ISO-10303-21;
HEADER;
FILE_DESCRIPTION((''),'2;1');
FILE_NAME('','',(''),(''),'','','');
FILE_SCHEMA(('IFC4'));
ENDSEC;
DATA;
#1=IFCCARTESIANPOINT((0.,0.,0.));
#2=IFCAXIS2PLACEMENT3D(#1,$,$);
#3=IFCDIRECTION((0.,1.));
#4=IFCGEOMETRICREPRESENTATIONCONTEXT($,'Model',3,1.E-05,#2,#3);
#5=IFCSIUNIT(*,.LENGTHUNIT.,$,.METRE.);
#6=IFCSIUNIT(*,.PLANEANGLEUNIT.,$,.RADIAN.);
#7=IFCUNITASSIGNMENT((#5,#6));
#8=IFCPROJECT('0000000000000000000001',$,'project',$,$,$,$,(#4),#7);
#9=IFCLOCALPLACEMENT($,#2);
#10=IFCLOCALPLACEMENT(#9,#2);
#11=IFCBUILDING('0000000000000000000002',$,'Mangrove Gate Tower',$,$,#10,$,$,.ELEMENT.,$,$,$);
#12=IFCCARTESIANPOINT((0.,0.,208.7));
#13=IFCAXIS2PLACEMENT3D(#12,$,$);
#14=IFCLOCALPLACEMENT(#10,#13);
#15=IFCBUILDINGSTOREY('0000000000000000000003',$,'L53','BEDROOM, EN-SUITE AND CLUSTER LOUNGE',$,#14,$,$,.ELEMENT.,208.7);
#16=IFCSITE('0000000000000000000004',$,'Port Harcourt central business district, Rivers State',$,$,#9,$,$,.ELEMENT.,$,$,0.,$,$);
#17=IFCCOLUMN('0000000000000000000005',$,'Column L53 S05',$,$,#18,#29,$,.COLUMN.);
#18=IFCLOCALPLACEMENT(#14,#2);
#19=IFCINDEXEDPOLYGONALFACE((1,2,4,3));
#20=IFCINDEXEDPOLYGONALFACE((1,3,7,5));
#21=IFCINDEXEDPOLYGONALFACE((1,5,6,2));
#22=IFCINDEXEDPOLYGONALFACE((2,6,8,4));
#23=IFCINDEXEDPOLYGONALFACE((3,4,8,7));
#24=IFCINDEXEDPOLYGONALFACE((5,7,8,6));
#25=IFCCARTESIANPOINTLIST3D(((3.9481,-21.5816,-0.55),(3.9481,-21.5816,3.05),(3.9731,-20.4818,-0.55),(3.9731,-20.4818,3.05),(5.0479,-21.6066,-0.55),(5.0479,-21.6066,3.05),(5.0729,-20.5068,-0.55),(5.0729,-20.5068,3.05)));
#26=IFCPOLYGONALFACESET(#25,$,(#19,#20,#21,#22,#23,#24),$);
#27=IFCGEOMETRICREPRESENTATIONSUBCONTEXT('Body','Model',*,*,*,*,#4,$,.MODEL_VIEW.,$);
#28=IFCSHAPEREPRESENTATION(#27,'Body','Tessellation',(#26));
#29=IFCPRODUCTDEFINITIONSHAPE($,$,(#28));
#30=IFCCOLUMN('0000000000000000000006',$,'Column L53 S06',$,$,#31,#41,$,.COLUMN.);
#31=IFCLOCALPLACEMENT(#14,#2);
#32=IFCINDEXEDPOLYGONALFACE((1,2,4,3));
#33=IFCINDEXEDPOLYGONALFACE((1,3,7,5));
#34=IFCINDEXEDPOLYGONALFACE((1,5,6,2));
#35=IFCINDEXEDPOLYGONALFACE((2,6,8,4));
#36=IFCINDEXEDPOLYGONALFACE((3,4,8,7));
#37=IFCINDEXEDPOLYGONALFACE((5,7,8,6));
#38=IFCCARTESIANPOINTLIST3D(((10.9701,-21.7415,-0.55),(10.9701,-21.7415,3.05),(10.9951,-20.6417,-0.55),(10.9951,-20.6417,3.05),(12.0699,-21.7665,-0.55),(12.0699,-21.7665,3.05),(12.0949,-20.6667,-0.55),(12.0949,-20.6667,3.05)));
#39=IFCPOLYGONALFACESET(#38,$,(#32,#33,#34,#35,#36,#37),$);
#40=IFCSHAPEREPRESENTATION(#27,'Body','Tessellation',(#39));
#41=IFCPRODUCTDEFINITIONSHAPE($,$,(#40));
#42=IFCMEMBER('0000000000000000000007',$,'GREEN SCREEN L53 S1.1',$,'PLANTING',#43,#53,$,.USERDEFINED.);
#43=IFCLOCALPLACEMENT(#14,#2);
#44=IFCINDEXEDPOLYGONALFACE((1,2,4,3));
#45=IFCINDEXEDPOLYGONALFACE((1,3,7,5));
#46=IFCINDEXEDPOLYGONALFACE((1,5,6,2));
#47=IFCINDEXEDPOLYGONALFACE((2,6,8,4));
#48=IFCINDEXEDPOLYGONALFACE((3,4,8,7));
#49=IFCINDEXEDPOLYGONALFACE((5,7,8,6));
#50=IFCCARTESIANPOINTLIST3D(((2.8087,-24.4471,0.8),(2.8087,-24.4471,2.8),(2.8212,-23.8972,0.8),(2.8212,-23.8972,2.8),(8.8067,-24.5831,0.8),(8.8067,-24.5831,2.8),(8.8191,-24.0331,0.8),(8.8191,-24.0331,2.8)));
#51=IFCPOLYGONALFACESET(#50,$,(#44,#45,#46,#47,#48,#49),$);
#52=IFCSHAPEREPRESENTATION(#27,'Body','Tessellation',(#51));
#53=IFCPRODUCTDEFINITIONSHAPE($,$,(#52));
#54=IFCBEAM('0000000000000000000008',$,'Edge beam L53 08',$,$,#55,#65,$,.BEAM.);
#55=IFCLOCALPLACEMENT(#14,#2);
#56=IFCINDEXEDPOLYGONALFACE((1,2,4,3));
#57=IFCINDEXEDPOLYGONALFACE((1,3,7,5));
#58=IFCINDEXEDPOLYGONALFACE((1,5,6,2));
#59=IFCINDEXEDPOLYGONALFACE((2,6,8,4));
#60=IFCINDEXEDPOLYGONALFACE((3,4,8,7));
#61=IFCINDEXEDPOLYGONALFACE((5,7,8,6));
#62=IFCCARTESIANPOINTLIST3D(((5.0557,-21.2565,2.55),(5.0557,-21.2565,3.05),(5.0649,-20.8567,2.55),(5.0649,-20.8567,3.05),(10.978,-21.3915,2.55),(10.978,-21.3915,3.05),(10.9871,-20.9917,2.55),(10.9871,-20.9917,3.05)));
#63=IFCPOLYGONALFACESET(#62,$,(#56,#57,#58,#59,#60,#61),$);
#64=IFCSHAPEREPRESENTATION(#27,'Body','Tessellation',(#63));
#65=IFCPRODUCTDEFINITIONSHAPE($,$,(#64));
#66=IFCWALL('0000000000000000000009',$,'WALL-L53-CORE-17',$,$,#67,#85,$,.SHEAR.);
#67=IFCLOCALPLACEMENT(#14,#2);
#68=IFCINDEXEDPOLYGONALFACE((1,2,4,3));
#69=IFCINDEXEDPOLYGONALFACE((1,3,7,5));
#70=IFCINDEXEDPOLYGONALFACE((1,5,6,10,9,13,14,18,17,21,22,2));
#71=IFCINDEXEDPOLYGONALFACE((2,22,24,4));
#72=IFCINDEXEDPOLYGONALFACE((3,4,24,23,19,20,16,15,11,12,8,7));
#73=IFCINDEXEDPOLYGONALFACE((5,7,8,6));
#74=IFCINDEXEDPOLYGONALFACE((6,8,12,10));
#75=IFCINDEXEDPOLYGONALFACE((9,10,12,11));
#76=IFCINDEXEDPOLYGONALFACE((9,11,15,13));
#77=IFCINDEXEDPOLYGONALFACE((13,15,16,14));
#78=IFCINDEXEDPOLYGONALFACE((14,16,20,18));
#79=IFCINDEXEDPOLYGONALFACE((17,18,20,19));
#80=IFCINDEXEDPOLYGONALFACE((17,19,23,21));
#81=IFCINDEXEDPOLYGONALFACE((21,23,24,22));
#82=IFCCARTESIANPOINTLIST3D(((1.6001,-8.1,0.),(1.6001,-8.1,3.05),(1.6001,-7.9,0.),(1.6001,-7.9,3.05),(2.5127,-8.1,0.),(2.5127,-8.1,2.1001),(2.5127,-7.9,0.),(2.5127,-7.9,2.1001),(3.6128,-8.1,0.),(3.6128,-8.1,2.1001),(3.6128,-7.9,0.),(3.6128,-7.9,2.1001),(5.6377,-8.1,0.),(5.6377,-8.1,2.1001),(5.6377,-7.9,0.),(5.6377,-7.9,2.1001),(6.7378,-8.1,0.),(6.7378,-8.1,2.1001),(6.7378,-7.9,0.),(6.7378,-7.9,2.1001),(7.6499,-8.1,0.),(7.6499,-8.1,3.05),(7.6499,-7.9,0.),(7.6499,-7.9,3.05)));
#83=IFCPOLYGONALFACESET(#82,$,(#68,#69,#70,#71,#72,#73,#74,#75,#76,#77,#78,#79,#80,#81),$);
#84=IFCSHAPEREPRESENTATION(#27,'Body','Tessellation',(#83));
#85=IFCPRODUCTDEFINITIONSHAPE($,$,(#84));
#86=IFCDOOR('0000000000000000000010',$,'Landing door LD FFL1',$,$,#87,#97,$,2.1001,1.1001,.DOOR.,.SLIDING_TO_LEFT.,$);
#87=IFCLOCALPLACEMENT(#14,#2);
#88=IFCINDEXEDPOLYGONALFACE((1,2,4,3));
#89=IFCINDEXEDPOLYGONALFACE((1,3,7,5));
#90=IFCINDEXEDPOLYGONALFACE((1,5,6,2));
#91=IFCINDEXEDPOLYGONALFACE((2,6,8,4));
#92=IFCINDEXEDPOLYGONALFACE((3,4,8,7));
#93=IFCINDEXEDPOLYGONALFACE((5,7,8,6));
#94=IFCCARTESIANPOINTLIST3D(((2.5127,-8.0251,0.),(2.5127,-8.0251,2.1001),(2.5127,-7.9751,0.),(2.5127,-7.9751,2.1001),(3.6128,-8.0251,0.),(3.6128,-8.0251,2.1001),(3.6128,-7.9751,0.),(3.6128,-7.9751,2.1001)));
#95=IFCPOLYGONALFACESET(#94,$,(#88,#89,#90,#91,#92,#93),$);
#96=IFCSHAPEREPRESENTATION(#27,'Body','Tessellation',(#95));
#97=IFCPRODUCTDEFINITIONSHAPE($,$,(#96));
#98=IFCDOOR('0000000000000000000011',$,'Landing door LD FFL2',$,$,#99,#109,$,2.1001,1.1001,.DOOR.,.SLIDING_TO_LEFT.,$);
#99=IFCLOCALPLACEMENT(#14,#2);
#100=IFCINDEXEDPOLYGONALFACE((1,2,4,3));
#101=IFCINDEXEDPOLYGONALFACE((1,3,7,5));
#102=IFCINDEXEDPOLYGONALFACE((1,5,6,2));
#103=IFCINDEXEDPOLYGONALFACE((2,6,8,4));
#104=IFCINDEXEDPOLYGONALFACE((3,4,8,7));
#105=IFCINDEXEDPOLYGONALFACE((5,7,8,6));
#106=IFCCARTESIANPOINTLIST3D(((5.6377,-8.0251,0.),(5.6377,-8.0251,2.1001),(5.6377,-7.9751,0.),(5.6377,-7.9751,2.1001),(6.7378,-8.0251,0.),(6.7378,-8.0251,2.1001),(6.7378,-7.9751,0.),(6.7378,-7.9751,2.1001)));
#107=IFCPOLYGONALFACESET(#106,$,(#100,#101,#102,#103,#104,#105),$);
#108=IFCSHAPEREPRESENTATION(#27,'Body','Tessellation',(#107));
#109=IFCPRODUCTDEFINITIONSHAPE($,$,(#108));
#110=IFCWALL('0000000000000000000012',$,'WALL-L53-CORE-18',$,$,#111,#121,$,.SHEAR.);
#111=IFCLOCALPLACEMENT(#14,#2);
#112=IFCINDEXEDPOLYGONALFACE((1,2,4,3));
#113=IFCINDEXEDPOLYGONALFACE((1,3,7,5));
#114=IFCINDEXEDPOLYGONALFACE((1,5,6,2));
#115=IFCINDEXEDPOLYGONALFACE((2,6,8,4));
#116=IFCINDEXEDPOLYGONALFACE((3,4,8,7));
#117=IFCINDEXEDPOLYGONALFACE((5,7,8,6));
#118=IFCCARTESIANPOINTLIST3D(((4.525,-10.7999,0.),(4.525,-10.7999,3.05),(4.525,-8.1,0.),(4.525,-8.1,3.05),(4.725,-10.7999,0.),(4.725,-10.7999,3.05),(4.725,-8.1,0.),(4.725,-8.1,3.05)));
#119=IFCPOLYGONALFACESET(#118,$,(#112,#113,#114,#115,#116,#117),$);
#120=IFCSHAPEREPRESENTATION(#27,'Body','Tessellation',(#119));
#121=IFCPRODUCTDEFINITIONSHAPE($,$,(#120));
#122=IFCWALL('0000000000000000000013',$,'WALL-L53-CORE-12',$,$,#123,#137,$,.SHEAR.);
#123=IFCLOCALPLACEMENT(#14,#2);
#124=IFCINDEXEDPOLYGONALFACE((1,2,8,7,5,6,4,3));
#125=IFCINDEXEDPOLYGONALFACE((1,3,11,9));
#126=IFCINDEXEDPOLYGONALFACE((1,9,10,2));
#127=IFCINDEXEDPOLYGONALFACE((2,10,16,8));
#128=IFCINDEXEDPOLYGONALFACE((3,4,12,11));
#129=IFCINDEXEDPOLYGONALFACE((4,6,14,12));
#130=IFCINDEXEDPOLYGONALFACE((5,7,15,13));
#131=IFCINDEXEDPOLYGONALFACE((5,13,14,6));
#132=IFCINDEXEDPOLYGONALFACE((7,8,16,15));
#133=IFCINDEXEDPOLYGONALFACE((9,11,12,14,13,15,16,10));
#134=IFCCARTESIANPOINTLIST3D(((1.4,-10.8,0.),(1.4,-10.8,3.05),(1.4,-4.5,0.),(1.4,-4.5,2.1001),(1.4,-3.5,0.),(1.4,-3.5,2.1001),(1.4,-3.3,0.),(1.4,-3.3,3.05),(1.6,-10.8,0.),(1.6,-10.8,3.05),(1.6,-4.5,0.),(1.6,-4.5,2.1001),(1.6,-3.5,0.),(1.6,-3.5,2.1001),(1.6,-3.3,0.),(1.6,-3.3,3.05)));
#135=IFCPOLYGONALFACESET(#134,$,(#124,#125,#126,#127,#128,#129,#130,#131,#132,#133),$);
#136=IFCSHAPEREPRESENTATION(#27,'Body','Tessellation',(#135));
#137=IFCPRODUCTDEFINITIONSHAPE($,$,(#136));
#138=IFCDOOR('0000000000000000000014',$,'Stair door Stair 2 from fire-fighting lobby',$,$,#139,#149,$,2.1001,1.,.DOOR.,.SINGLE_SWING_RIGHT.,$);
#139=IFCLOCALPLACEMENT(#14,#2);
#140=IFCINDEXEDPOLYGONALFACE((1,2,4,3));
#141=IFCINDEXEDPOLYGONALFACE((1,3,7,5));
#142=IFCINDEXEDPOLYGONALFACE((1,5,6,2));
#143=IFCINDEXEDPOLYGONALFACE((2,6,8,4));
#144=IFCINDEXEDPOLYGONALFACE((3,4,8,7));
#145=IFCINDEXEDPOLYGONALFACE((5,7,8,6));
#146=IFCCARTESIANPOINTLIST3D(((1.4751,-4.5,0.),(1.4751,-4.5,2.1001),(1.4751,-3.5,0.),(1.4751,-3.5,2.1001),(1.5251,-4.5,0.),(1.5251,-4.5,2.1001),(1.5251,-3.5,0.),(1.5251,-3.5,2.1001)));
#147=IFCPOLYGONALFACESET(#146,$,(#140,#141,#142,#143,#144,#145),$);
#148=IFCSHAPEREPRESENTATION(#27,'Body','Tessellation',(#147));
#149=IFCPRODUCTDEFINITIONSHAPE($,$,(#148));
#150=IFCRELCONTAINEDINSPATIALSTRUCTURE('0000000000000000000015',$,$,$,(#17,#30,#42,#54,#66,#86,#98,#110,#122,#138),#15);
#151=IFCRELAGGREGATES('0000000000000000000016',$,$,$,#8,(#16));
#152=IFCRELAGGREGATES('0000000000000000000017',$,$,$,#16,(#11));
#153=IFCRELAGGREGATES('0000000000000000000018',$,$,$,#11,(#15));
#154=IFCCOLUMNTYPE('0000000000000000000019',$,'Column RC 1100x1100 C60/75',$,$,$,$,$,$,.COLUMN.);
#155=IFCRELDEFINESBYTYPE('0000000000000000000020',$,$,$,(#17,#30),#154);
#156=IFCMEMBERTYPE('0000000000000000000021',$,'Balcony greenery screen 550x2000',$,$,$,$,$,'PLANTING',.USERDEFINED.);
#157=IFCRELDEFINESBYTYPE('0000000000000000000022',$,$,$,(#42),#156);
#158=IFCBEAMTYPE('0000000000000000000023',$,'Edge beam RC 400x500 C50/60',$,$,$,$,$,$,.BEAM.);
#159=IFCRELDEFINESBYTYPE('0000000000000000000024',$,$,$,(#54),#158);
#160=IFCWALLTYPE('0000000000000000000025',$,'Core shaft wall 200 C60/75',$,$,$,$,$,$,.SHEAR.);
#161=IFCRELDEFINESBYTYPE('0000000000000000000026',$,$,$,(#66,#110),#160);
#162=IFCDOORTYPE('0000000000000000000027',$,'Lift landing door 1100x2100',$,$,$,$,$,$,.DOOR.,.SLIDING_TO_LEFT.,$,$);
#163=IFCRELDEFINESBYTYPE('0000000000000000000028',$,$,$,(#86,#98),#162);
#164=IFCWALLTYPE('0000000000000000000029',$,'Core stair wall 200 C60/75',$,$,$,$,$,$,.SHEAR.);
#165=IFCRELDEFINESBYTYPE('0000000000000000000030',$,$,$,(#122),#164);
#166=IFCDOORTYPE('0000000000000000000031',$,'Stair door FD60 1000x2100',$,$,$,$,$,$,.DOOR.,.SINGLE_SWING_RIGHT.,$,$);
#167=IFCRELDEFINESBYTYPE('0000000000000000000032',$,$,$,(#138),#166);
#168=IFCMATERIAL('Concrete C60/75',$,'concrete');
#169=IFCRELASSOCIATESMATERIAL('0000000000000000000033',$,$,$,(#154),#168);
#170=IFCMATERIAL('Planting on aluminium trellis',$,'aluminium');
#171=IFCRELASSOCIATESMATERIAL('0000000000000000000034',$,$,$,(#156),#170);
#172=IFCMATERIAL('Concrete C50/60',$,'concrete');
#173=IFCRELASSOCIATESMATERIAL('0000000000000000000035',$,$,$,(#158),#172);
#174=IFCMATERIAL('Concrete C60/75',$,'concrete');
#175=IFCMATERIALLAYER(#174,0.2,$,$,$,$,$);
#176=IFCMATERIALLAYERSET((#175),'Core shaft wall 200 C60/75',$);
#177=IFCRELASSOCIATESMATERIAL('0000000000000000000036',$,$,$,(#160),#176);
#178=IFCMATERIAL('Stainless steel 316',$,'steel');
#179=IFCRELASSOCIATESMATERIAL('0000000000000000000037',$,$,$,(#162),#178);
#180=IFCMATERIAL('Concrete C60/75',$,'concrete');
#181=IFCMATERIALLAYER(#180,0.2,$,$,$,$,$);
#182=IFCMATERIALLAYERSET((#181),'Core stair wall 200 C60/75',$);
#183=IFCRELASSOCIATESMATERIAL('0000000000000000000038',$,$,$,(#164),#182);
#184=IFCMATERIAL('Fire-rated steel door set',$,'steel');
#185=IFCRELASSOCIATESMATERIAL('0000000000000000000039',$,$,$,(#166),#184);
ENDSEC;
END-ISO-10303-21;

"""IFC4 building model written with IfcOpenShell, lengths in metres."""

from ifc_helpers import new_model, si_unit, direction, frame, frame_2d, origin, origin_2d, place, context, subcontext, project, spatial, rectangle, extrude, material, layer, layer_set, material_profile, profile_set, type_object, element, fill, save


model = new_model("IFC4")

# Units and contexts
model_context = context("Model", 3, precision=1e-05, world=origin(), true_north=direction((0.0, 1.0)))
body_context = subcontext(model_context, "Body", "Model", "MODEL_VIEW")
ifc_project = project(units=[si_unit("LENGTHUNIT", "METRE"), si_unit("PLANEANGLEUNIT", "RADIAN")], contexts=[model_context])

# Site, building, storey
site_placement = place(None, origin())
site = spatial("IfcSite", under=ifc_project, at=site_placement, Name="Port Harcourt central business district, Rivers State", CompositionType="ELEMENT", RefElevation=0.0)
building_placement = place(site_placement, origin())
building = spatial("IfcBuilding", under=site, at=building_placement, Name="Mangrove Gate Tower", CompositionType="ELEMENT")
storey_placement = place(building_placement, frame((0.0, 0.0, 208.7)))
storey = spatial("IfcBuildingStorey", under=building, at=storey_placement, Name="L53", Description="BEDROOM, EN-SUITE AND CLUSTER LOUNGE", CompositionType="ELEMENT", Elevation=208.7)

# Columns
ifc_material_1 = material(Name="Concrete C60/75", Category="concrete")
ifc_material_profile_1 = material_profile(ifc_material_1, rectangle(XDim=1.1001, YDim=1.1001, at=origin_2d()))
ifc_profile_set_1 = profile_set([ifc_material_profile_1], Name="Concrete C60/75")
column_type = type_object("IfcColumnType", Name="Column RC 1100x1100 C60/75", PredefinedType="COLUMN", material=ifc_profile_set_1)
for number, where, z_axis, x_axis, name in (
    (1, (4.5105, -21.0442, -0.55), (0.0, 0.0, 1.0), (0.999742, -0.022708, 0.0), "Column L53 S05"),
    (2, (11.5325, -21.2041, -0.55), (0.0, 0.0, 1.0), (0.999742, -0.022707, 0.0), "Column L53 S06"),
):
    element("IfcColumn", number, at=place(storey_placement, frame(where, z_axis=z_axis, x_axis=x_axis)), inside=storey, type_object=column_type, Name=name, PredefinedType="COLUMN", context=body_context, shape_type="SweptSolid", body=[
        extrude(rectangle(XDim=1.1001, YDim=1.1001, at=origin_2d()), origin(), (0.0, 0.0, 1.0), 3.6001),
    ])

# Member
ifc_material_2 = material(Name="Planting on aluminium trellis", Category="aluminium")
ifc_material_profile_2 = material_profile(ifc_material_2, rectangle(XDim=0.55, YDim=2.0, at=origin_2d()))
ifc_profile_set_2 = profile_set([ifc_material_profile_2], Name="Planting on aluminium trellis")
member_type = type_object("IfcMemberType", Name="Balcony greenery screen 550x2000", ElementType="PLANTING", PredefinedType="USERDEFINED", material=ifc_profile_set_2)
member_placement = place(storey_placement, frame((2.8149, -24.1721, 1.8), z_axis=(0.999743, -0.022666, 0.0), x_axis=(0.022666, 0.999743, 0.0)))
element("IfcMember", 3, at=member_placement, inside=storey, type_object=member_type, Name="GREEN SCREEN L53 S1.1", ObjectType="PLANTING", PredefinedType="USERDEFINED", context=body_context, shape_type="SweptSolid", body=[
    extrude(rectangle(XDim=0.55, YDim=2.0, at=origin_2d()), origin(), (0.0, 0.0, 1.0), 5.9995),
])

# Beam
ifc_material_3 = material(Name="Concrete C50/60", Category="concrete")
ifc_material_profile_3 = material_profile(ifc_material_3, rectangle(XDim=0.3999, YDim=0.5, at=origin_2d()))
ifc_profile_set_3 = profile_set([ifc_material_profile_3], Name="Concrete C50/60")
beam_type = type_object("IfcBeamType", Name="Edge beam RC 400x500 C50/60", PredefinedType="BEAM", material=ifc_profile_set_3)
beam_placement = place(storey_placement, frame((5.0603, -21.0566, 2.8), z_axis=(0.99974, -0.022791, 0.0), x_axis=(0.022791, 0.99974, 0.0)))
element("IfcBeam", 4, at=beam_placement, inside=storey, type_object=beam_type, Name="Edge beam L53 08", PredefinedType="BEAM", context=body_context, shape_type="SweptSolid", body=[
    extrude(rectangle(XDim=0.3999, YDim=0.5, at=origin_2d()), origin(), (0.0, 0.0, 1.0), 5.9238),
])

# Wall, openings, doors
ifc_material_4 = material(Name="Concrete C60/75", Category="concrete")
ifc_layer_1 = layer(ifc_material_4, 0.2)
ifc_layer_set_1 = layer_set([ifc_layer_1], Name="Core shaft wall 200 C60/75")
wall_type_1 = type_object("IfcWallType", Name="Core shaft wall 200 C60/75", PredefinedType="SHEAR", material=ifc_layer_set_1)
wall_1_placement = place(storey_placement, frame((1.6001, -8.0, 0.0), z_axis=(0.0, 0.0, 1.0), x_axis=(1.0, 0.0, 0.0)))
wall_1 = element("IfcWall", 5, at=wall_1_placement, inside=storey, type_object=wall_type_1, Name="WALL-L53-CORE-17", PredefinedType="SHEAR", context=body_context, shape_type="SweptSolid", body=[
    extrude(rectangle(XDim=6.0498, YDim=0.2, at=frame_2d((3.0249, 0.0))), origin(), (0.0, 0.0, 1.0), 3.05),
])
opening_1_placement = place(wall_1_placement, frame((0.9126, 0.0, 0.0)))
opening_1 = element("IfcOpeningElement", 6, at=opening_1_placement, cuts=wall_1, PredefinedType="OPENING", context=body_context, shape_type="SweptSolid", body=[
    extrude(rectangle(XDim=1.1001, YDim=2.1001, at=frame_2d((0.55, 1.05))), frame((0.0, 0.1099, 0.0), z_axis=(0.0, -1.0, 0.0), x_axis=(1.0, 0.0, 0.0)), (0.0, 0.0, 1.0), 0.22),
])
opening_2_placement = place(wall_1_placement, frame((4.0376, 0.0, 0.0)))
opening_2 = element("IfcOpeningElement", 7, at=opening_2_placement, cuts=wall_1, PredefinedType="OPENING", context=body_context, shape_type="SweptSolid", body=[
    extrude(rectangle(XDim=1.1001, YDim=2.1001, at=frame_2d((0.55, 1.05))), frame((0.0, 0.1099, 0.0), z_axis=(0.0, -1.0, 0.0), x_axis=(1.0, 0.0, 0.0)), (0.0, 0.0, 1.0), 0.22),
])
ifc_material_5 = material(Name="Stainless steel 316", Category="steel")
door_type_1 = type_object("IfcDoorType", Name="Lift landing door 1100x2100", OperationType="SLIDING_TO_LEFT", PredefinedType="DOOR", material=ifc_material_5)
door_1_placement = place(opening_1_placement, origin())
door_1 = element("IfcDoor", 8, at=door_1_placement, inside=storey, type_object=door_type_1, Name="Landing door LD FFL1", OperationType="SLIDING_TO_LEFT", OverallHeight=2.1001, OverallWidth=1.1001, PredefinedType="DOOR", context=body_context, shape_type="SweptSolid", body=[
    extrude(rectangle(XDim=1.1001, YDim=2.1001, at=frame_2d((0.55, 1.05))), frame((0.0, 0.0249, 0.0), z_axis=(0.0, -1.0, 0.0), x_axis=(1.0, 0.0, 0.0)), (0.0, 0.0, 1.0), 0.05),
])
fill(opening_1, door_1)
door_2_placement = place(opening_2_placement, origin())
door_2 = element("IfcDoor", 9, at=door_2_placement, inside=storey, type_object=door_type_1, Name="Landing door LD FFL2", OperationType="SLIDING_TO_LEFT", OverallHeight=2.1001, OverallWidth=1.1001, PredefinedType="DOOR", context=body_context, shape_type="SweptSolid", body=[
    extrude(rectangle(XDim=1.1001, YDim=2.1001, at=frame_2d((0.55, 1.05))), frame((0.0, 0.0249, 0.0), z_axis=(0.0, -1.0, 0.0), x_axis=(1.0, 0.0, 0.0)), (0.0, 0.0, 1.0), 0.05),
])
fill(opening_2, door_2)

# Wall
wall_2_placement = place(storey_placement, frame((4.625, -10.8, 0.0), z_axis=(0.0, 0.0, 1.0), x_axis=(0.0, 1.0, 0.0)))
element("IfcWall", 10, at=wall_2_placement, inside=storey, type_object=wall_type_1, Name="WALL-L53-CORE-18", PredefinedType="SHEAR", context=body_context, shape_type="SweptSolid", body=[
    extrude(rectangle(XDim=2.7, YDim=0.2, at=frame_2d((1.3501, 0.0))), origin(), (0.0, 0.0, 1.0), 3.05),
])

# Wall, opening, door
ifc_material_6 = material(Name="Concrete C60/75", Category="concrete")
ifc_layer_2 = layer(ifc_material_6, 0.2)
ifc_layer_set_2 = layer_set([ifc_layer_2], Name="Core stair wall 200 C60/75")
wall_type_2 = type_object("IfcWallType", Name="Core stair wall 200 C60/75", PredefinedType="SHEAR", material=ifc_layer_set_2)
wall_3_placement = place(storey_placement, frame((1.5, -10.8, 0.0), z_axis=(0.0, 0.0, 1.0), x_axis=(0.0, 1.0, 0.0)))
wall_3 = element("IfcWall", 11, at=wall_3_placement, inside=storey, type_object=wall_type_2, Name="WALL-L53-CORE-12", PredefinedType="SHEAR", context=body_context, shape_type="SweptSolid", body=[
    extrude(rectangle(XDim=7.5, YDim=0.2, at=frame_2d((3.75, 0.0))), origin(), (0.0, 0.0, 1.0), 3.05),
])
opening_3_placement = place(wall_3_placement, frame((6.3, 0.0, 0.0)))
opening_3 = element("IfcOpeningElement", 12, at=opening_3_placement, cuts=wall_3, PredefinedType="OPENING", context=body_context, shape_type="SweptSolid", body=[
    extrude(rectangle(XDim=1.0, YDim=2.1001, at=frame_2d((0.5, 1.05))), frame((0.0, 0.1099, 0.0), z_axis=(0.0, -1.0, 0.0), x_axis=(1.0, 0.0, 0.0)), (0.0, 0.0, 1.0), 0.22),
])
ifc_material_7 = material(Name="Fire-rated steel door set", Category="steel")
door_type_2 = type_object("IfcDoorType", Name="Stair door FD60 1000x2100", OperationType="SINGLE_SWING_RIGHT", PredefinedType="DOOR", material=ifc_material_7)
door_3_placement = place(opening_3_placement, origin())
door_3 = element("IfcDoor", 13, at=door_3_placement, inside=storey, type_object=door_type_2, Name="Stair door Stair 2 from fire-fighting lobby", OperationType="SINGLE_SWING_RIGHT", OverallHeight=2.1001, OverallWidth=1.0, PredefinedType="DOOR", context=body_context, shape_type="SweptSolid", body=[
    extrude(rectangle(XDim=1.0, YDim=2.1001, at=frame_2d((0.5, 1.05))), frame((0.0, 0.0249, 0.0), z_axis=(0.0, -1.0, 0.0), x_axis=(1.0, 0.0, 0.0)), (0.0, 0.0, 1.0), 0.05),
])
fill(opening_3, door_3)

save(model, "model.ifc")
